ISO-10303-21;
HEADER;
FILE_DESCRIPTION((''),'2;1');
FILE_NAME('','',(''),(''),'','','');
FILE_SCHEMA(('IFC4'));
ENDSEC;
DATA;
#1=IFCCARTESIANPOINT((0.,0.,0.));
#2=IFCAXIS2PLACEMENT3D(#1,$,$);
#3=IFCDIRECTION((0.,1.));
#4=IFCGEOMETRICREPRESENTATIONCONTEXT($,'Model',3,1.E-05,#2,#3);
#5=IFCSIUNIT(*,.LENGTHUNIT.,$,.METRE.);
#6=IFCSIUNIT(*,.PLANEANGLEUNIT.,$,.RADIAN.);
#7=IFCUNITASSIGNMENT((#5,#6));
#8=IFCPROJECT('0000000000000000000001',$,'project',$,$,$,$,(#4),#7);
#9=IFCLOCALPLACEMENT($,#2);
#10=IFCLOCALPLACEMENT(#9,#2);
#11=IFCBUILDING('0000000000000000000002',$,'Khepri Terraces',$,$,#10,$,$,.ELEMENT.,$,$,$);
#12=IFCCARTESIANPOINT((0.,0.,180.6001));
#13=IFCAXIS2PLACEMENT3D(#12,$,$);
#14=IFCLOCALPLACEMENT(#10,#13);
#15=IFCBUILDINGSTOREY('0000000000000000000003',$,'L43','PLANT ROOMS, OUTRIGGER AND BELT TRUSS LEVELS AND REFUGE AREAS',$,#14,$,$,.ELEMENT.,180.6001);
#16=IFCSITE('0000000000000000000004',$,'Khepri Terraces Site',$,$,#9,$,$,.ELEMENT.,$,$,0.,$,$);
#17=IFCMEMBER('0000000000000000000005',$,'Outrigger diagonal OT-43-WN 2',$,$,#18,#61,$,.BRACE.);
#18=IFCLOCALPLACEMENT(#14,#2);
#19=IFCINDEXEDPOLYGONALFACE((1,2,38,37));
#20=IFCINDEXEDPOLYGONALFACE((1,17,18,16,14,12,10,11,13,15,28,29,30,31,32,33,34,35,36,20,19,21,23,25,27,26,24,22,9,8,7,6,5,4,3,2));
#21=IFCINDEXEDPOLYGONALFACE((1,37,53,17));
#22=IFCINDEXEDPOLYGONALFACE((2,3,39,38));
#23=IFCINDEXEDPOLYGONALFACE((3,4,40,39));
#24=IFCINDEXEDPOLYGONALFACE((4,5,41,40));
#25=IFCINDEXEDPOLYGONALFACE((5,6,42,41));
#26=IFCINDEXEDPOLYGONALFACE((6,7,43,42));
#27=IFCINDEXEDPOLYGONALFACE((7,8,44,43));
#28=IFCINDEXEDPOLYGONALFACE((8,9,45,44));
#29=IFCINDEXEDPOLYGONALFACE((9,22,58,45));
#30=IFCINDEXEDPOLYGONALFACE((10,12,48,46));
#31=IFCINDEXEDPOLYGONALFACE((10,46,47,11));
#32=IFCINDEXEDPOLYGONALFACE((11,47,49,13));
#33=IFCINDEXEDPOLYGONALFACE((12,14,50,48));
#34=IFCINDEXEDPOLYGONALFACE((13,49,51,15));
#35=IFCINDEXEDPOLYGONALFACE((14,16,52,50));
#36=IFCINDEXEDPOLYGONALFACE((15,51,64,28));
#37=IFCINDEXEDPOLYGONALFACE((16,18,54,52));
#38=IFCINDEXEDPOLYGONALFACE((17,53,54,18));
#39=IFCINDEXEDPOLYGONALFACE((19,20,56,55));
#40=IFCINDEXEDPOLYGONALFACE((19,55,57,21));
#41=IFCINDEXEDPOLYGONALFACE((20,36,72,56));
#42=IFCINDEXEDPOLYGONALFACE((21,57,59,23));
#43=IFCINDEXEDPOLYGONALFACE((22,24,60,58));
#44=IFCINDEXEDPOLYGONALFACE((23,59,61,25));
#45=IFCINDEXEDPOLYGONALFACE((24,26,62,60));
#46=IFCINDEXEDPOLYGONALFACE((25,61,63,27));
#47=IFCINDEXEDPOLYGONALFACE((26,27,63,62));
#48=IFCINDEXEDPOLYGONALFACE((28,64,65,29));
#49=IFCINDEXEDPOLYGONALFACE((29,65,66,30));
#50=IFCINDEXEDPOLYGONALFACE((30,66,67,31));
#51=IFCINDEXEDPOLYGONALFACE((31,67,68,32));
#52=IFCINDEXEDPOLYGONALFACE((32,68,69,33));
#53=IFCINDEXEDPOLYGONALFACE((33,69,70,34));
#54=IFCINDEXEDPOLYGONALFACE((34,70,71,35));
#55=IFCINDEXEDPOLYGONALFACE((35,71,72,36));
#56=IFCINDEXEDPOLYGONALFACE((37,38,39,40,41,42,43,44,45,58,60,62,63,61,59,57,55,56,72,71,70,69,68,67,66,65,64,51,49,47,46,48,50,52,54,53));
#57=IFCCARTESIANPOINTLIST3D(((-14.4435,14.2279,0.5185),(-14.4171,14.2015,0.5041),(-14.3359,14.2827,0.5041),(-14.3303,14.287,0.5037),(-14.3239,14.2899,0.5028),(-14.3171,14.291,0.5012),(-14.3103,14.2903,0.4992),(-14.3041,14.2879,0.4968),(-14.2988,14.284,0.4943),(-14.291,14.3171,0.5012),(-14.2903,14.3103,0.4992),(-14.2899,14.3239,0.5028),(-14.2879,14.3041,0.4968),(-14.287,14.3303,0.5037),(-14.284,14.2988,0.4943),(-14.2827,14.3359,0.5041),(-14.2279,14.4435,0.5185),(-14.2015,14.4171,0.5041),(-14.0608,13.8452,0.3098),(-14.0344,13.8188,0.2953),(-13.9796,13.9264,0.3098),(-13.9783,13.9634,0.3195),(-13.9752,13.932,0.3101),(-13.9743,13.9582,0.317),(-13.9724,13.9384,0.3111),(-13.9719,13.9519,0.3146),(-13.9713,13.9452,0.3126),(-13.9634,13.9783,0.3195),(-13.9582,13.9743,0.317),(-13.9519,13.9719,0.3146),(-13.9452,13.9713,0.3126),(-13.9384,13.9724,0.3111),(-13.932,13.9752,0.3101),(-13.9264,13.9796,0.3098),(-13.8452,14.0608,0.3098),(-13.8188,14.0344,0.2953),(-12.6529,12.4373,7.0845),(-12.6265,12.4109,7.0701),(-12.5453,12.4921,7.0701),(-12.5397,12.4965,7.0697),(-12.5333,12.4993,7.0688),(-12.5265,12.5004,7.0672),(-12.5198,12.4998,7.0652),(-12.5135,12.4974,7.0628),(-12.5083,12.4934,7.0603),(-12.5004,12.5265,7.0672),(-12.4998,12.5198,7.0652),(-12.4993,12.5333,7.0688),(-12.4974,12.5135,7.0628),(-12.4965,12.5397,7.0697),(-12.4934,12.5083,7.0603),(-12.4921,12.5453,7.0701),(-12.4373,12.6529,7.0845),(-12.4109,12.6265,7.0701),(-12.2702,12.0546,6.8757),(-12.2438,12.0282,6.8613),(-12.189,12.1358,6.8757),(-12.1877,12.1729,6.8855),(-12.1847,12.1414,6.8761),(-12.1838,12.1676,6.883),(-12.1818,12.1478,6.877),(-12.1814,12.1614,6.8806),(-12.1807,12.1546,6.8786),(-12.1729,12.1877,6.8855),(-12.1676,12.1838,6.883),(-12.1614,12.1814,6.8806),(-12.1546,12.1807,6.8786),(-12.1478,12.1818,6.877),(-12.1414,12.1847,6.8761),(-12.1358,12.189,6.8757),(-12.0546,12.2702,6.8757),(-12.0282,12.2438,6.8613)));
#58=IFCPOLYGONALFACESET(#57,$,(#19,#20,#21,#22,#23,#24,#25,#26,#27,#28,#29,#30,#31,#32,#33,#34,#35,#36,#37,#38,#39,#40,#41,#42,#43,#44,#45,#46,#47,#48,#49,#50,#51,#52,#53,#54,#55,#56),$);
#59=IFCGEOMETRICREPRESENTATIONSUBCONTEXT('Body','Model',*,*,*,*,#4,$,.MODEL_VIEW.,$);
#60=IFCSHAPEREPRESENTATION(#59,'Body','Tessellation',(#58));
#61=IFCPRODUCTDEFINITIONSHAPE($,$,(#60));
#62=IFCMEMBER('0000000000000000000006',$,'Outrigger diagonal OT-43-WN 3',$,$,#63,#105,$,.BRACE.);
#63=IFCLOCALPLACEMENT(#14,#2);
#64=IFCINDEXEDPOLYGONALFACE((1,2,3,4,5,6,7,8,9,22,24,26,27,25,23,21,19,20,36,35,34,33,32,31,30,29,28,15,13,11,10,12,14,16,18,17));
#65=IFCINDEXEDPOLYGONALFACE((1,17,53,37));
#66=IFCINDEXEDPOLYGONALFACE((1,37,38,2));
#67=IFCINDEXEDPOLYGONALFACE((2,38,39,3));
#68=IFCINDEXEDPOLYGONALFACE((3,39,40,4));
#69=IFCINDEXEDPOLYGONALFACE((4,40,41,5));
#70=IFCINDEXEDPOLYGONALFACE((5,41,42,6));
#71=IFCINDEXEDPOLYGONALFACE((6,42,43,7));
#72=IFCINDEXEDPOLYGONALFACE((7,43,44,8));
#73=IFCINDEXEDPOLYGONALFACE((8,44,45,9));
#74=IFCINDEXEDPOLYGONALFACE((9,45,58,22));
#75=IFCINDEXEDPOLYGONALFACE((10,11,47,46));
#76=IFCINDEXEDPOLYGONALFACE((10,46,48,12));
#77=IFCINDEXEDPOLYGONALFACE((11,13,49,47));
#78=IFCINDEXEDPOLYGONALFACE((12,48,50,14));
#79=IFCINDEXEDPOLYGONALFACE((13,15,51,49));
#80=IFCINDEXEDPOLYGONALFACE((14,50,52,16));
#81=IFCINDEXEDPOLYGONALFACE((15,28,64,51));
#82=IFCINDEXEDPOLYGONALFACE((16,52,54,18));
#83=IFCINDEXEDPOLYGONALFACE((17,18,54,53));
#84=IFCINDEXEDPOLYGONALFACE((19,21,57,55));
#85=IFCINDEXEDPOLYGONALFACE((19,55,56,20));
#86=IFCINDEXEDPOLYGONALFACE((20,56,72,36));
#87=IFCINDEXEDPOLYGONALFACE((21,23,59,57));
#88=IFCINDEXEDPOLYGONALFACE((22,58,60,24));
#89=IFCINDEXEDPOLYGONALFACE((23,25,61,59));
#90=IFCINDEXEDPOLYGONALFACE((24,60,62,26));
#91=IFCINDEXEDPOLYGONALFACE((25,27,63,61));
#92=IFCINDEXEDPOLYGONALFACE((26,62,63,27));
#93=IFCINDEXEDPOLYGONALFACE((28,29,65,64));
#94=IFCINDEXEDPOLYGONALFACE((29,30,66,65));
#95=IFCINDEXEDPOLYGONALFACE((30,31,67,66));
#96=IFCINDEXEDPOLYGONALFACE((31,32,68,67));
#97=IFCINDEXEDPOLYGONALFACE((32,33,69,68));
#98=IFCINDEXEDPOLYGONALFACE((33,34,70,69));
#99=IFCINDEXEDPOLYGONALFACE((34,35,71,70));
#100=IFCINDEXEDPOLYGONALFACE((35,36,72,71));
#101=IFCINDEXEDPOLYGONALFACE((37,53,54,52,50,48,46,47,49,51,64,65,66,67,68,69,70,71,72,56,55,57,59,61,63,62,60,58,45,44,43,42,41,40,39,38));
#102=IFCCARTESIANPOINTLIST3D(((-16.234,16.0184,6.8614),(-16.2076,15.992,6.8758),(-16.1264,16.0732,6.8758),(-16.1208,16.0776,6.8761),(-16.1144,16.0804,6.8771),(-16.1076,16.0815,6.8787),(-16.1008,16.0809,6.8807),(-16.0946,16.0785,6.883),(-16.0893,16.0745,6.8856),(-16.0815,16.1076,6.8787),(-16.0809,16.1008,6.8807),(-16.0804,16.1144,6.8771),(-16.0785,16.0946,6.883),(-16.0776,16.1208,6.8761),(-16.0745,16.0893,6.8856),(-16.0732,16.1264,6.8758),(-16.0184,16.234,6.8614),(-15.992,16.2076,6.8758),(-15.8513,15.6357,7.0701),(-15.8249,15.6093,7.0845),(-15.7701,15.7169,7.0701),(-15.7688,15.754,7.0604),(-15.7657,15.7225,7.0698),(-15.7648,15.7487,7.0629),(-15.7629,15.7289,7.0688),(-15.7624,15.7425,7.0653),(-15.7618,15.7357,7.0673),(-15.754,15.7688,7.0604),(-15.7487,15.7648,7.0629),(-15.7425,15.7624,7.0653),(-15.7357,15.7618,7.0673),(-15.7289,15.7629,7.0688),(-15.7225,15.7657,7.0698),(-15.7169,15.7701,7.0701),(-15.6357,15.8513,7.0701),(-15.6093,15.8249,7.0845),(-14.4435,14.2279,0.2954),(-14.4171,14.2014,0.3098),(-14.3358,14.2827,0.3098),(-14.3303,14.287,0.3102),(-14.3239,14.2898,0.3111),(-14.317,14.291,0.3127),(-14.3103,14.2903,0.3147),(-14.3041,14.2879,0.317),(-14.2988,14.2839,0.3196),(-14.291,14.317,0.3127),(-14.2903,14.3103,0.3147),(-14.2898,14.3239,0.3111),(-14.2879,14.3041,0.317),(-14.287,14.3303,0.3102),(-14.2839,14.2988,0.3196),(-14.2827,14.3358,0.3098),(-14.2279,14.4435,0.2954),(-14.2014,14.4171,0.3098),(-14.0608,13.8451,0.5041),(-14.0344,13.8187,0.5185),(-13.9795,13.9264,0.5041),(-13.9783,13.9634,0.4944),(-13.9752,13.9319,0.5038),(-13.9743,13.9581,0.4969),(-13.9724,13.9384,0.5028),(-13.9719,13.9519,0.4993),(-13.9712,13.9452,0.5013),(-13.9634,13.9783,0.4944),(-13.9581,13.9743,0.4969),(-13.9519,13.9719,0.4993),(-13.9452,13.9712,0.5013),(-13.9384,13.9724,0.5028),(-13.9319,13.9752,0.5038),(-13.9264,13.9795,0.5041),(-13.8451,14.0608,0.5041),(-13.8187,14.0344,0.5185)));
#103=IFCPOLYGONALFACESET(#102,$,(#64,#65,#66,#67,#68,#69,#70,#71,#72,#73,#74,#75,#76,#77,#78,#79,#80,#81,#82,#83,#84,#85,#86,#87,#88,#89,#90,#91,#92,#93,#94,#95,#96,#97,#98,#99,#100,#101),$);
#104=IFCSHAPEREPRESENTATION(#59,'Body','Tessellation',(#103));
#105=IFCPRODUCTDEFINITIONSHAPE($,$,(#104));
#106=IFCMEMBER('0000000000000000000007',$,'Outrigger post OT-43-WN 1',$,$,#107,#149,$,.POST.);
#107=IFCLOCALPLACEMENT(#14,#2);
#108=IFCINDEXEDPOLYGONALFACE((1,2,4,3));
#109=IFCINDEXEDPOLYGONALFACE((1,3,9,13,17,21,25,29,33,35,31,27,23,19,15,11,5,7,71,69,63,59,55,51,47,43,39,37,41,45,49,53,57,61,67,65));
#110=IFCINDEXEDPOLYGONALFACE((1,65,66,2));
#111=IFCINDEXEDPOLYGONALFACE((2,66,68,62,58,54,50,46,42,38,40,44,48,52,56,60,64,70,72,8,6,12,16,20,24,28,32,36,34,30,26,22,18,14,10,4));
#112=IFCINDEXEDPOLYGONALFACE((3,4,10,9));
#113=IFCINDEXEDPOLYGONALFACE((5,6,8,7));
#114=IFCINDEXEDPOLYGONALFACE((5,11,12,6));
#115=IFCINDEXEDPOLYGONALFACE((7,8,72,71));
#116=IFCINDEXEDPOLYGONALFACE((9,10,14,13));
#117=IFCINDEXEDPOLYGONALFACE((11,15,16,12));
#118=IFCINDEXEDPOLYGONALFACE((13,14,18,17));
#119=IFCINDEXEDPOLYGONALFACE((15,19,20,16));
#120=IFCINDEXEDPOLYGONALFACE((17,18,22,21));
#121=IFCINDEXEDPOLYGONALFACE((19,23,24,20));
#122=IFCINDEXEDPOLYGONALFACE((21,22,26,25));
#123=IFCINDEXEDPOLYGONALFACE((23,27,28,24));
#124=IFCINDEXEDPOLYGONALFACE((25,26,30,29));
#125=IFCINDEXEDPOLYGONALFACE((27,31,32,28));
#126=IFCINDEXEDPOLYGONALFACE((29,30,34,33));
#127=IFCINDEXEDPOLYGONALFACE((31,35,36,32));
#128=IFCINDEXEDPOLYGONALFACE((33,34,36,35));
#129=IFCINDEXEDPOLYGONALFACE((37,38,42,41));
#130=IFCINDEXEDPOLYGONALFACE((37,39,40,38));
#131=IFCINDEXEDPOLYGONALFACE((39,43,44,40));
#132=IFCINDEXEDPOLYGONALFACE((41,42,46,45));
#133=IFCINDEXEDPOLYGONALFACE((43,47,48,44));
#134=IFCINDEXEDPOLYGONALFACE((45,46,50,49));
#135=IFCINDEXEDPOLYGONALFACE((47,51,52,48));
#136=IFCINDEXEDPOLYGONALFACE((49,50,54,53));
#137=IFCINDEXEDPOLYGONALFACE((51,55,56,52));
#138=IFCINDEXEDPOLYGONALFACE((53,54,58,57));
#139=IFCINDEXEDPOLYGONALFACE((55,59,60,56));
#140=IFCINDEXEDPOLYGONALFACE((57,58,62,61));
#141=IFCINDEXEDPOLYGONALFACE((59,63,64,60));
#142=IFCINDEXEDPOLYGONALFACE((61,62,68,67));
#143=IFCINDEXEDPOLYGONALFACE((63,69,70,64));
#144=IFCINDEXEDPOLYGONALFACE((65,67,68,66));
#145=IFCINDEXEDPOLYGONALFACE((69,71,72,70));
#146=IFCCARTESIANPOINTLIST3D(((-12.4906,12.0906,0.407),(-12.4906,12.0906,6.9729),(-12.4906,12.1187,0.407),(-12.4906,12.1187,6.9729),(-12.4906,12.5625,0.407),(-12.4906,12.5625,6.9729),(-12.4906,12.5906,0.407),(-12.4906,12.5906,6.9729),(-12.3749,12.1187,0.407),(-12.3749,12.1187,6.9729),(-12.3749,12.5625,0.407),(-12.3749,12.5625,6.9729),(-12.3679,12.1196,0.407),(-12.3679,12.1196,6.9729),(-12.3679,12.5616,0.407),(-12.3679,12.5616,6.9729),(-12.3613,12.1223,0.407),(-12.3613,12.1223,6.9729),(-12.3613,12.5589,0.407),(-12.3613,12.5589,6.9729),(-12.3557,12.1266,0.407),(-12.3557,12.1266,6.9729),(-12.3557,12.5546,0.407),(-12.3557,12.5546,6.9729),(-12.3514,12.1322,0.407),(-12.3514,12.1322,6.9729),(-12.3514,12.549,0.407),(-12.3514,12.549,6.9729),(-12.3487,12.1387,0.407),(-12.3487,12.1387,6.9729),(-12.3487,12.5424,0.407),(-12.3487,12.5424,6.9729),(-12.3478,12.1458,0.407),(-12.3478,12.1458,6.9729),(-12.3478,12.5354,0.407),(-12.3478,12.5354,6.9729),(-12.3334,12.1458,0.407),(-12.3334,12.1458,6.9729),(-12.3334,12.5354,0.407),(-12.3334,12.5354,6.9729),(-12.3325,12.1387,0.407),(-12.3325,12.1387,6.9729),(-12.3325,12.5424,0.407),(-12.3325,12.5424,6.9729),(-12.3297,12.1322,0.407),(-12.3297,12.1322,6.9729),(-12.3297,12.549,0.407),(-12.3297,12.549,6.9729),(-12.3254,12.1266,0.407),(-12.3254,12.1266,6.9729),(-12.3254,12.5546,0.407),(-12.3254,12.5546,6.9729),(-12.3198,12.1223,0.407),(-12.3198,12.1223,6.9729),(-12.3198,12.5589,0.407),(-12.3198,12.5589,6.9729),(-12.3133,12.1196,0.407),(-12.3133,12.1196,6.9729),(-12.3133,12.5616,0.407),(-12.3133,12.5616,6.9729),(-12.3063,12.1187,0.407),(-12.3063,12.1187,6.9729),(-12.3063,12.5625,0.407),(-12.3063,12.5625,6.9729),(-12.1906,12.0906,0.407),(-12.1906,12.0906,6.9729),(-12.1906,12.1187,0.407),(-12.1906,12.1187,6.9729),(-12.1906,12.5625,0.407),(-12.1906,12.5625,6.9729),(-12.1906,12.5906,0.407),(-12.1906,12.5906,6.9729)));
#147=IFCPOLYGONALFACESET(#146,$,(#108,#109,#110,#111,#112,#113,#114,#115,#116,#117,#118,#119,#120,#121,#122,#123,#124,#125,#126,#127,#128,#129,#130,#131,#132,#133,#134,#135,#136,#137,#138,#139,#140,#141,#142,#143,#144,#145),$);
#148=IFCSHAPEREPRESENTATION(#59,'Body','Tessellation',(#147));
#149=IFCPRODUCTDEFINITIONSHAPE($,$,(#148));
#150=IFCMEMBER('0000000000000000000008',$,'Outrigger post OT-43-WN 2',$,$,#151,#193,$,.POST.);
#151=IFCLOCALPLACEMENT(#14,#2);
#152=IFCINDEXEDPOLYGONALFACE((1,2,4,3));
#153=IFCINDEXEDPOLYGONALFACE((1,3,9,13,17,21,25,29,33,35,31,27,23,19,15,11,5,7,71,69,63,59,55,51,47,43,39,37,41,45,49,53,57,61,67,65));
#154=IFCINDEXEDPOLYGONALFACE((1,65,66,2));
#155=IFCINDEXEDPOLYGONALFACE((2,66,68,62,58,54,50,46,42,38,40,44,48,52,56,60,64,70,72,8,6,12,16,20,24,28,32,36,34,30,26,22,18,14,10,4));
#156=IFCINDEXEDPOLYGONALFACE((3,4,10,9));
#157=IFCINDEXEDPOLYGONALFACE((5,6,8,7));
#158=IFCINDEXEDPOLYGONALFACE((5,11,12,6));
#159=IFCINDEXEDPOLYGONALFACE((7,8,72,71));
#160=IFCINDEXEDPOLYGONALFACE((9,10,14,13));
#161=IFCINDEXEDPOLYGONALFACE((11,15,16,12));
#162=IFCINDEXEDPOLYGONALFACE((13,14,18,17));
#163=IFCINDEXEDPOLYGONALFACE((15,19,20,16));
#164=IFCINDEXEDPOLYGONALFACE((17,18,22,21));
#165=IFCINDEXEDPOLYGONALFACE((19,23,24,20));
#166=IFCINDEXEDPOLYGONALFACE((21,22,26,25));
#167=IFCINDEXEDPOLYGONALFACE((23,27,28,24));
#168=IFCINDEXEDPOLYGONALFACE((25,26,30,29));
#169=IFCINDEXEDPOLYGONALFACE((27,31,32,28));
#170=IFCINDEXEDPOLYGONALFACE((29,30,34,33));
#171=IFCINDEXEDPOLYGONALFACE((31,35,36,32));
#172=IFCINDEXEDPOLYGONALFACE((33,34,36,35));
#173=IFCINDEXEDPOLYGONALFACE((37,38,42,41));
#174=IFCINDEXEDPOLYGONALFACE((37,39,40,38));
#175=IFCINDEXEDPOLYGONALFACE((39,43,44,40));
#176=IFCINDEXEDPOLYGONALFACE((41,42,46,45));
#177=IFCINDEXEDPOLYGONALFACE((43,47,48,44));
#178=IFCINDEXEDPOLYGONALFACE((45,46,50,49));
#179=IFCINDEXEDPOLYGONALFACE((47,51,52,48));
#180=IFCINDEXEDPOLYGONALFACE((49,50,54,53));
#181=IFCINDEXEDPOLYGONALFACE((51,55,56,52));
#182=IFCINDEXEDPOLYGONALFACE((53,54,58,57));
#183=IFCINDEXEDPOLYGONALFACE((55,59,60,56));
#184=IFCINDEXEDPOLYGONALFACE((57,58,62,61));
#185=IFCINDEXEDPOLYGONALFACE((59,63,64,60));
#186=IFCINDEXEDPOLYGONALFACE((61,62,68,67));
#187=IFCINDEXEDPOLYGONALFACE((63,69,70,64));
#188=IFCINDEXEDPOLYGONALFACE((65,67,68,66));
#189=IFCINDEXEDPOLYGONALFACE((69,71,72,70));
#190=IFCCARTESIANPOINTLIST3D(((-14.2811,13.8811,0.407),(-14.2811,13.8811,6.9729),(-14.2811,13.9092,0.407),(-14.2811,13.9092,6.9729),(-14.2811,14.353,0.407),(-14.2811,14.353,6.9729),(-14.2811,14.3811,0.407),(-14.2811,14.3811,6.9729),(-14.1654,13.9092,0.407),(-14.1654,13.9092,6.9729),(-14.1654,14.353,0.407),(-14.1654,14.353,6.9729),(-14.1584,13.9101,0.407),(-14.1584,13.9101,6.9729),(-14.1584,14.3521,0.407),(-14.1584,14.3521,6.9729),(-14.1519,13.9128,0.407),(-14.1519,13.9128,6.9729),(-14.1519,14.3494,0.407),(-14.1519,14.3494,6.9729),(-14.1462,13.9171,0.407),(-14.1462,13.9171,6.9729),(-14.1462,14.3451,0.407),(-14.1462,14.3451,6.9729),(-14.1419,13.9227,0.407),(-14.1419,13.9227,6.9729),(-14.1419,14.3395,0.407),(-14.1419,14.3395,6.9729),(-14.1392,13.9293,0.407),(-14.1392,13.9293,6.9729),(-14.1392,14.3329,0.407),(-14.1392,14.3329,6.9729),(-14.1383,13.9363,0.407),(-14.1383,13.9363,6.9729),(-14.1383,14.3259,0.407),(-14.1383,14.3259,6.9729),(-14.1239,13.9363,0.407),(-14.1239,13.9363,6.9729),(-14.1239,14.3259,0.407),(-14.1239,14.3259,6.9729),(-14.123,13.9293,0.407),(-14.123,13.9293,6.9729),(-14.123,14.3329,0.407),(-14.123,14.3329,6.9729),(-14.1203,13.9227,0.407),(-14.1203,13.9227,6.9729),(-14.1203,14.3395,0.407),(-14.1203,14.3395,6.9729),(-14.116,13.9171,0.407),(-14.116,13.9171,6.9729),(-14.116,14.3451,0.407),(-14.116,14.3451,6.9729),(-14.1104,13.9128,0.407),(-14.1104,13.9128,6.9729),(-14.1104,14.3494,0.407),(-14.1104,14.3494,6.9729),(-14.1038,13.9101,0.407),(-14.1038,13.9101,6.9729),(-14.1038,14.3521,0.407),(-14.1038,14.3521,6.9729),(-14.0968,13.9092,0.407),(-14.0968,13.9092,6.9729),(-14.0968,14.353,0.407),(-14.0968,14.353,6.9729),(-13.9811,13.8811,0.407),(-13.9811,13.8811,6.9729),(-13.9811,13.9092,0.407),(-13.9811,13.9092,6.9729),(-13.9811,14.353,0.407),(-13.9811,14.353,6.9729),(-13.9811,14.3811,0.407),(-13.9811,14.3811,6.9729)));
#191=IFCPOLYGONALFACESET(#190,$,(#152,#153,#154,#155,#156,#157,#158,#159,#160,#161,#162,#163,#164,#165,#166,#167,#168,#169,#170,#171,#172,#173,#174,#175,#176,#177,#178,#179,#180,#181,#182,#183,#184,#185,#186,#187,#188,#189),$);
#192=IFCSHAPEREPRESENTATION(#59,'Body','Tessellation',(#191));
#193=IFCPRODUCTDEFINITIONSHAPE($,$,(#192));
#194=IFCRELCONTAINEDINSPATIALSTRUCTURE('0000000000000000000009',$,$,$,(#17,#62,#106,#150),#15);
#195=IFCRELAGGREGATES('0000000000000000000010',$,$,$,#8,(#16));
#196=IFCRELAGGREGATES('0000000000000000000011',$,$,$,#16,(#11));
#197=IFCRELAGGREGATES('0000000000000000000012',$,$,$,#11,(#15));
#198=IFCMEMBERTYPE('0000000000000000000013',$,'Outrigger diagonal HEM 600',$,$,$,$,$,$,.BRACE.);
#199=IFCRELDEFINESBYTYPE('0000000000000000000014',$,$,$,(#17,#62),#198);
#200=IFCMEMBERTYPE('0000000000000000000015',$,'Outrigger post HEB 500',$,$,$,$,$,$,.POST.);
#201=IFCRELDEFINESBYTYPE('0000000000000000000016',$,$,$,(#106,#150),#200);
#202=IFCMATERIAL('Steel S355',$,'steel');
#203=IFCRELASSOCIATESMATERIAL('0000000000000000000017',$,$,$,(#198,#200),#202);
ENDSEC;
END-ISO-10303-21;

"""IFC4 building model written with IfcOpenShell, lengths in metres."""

from ifc_helpers import new_model, si_unit, direction, frame, origin, origin_2d, place, context, subcontext, project, spatial, i_section, extrude, material, material_profile, profile_set, type_object, element, save


model = new_model("IFC4")

# Units and contexts
model_context = context("Model", 3, precision=1e-05, world=origin(), true_north=direction((0.0, 1.0)))
body_context = subcontext(model_context, "Body", "Model", "MODEL_VIEW")
ifc_project = project(units=[si_unit("LENGTHUNIT", "METRE"), si_unit("PLANEANGLEUNIT", "RADIAN")], contexts=[model_context])

# Site, building, storey
site_placement = place(None, origin())
site = spatial("IfcSite", under=ifc_project, at=site_placement, Name="Khepri Terraces Site", CompositionType="ELEMENT", RefElevation=0.0)
building_placement = place(site_placement, origin())
building = spatial("IfcBuilding", under=site, at=building_placement, Name="Khepri Terraces", CompositionType="ELEMENT")
storey_placement = place(building_placement, frame((0.0, 0.0, 180.6001)))
storey = spatial("IfcBuildingStorey", under=building, at=storey_placement, Name="L43", Description="PLANT ROOMS, OUTRIGGER AND BELT TRUSS LEVELS AND REFUGE AREAS", CompositionType="ELEMENT", Elevation=180.6001)

# Members
ifc_material_1 = material(Name="Steel S355", Category="steel")
ifc_material_profile_1 = material_profile(ifc_material_1, i_section(OverallWidth=0.3049, OverallDepth=0.6201, WebThickness=0.021, FlangeThickness=0.04, FilletRadius=0.0271, at=origin_2d()), Name="Steel S355", Category="steel")
ifc_profile_set_1 = profile_set([ifc_material_profile_1], Name="Steel S355")
member_type_1 = type_object("IfcMemberType", Name="Outrigger diagonal HEM 600", PredefinedType="BRACE", material=ifc_profile_set_1)
for number, where, z_axis, x_axis, name in (
    (1, (-12.3406, 12.3406, 6.9729), (-0.254435, 0.254435, -0.93302), (-0.707107, -0.707107, 0.0), "Outrigger diagonal OT-43-WN 2"),
    (2, (-14.1311, 14.1311, 0.407), (-0.254435, 0.254435, 0.93302), (-0.707107, -0.707107, 0.0), "Outrigger diagonal OT-43-WN 3"),
):
    element("IfcMember", number, at=place(storey_placement, frame(where, z_axis=z_axis, x_axis=x_axis)), inside=storey, type_object=member_type_1, Name=name, PredefinedType="BRACE", context=body_context, shape_type="SweptSolid", body=[
        extrude(i_section(OverallWidth=0.3049, OverallDepth=0.6201, WebThickness=0.021, FlangeThickness=0.04, FilletRadius=0.0271, at=origin_2d()), origin(), (0.0, 0.0, 1.0), 7.0374),
    ])
ifc_material_profile_2 = material_profile(ifc_material_1, i_section(OverallWidth=0.3, OverallDepth=0.5, WebThickness=0.0144, FlangeThickness=0.0281, FilletRadius=0.0271, at=origin_2d()), Name="Steel S355", Category="steel")
ifc_profile_set_2 = profile_set([ifc_material_profile_2], Name="Steel S355")
member_type_2 = type_object("IfcMemberType", Name="Outrigger post HEB 500", PredefinedType="POST", material=ifc_profile_set_2)
for number, where, z_axis, x_axis, name in (
    (3, (-12.3406, 12.3406, 0.407), (0.0, 0.0, 1.0), (1.0, 0.0, 0.0), "Outrigger post OT-43-WN 1"),
    (4, (-14.1311, 14.1311, 0.407), (0.0, 0.0, 1.0), (1.0, 0.0, 0.0), "Outrigger post OT-43-WN 2"),
):
    element("IfcMember", number, at=place(storey_placement, frame(where, z_axis=z_axis, x_axis=x_axis)), inside=storey, type_object=member_type_2, Name=name, PredefinedType="POST", context=body_context, shape_type="SweptSolid", body=[
        extrude(i_section(OverallWidth=0.3, OverallDepth=0.5, WebThickness=0.0144, FlangeThickness=0.0281, FilletRadius=0.0271, at=origin_2d()), origin(), (0.0, 0.0, 1.0), 6.5659),
    ])

save(model, "model.ifc")
